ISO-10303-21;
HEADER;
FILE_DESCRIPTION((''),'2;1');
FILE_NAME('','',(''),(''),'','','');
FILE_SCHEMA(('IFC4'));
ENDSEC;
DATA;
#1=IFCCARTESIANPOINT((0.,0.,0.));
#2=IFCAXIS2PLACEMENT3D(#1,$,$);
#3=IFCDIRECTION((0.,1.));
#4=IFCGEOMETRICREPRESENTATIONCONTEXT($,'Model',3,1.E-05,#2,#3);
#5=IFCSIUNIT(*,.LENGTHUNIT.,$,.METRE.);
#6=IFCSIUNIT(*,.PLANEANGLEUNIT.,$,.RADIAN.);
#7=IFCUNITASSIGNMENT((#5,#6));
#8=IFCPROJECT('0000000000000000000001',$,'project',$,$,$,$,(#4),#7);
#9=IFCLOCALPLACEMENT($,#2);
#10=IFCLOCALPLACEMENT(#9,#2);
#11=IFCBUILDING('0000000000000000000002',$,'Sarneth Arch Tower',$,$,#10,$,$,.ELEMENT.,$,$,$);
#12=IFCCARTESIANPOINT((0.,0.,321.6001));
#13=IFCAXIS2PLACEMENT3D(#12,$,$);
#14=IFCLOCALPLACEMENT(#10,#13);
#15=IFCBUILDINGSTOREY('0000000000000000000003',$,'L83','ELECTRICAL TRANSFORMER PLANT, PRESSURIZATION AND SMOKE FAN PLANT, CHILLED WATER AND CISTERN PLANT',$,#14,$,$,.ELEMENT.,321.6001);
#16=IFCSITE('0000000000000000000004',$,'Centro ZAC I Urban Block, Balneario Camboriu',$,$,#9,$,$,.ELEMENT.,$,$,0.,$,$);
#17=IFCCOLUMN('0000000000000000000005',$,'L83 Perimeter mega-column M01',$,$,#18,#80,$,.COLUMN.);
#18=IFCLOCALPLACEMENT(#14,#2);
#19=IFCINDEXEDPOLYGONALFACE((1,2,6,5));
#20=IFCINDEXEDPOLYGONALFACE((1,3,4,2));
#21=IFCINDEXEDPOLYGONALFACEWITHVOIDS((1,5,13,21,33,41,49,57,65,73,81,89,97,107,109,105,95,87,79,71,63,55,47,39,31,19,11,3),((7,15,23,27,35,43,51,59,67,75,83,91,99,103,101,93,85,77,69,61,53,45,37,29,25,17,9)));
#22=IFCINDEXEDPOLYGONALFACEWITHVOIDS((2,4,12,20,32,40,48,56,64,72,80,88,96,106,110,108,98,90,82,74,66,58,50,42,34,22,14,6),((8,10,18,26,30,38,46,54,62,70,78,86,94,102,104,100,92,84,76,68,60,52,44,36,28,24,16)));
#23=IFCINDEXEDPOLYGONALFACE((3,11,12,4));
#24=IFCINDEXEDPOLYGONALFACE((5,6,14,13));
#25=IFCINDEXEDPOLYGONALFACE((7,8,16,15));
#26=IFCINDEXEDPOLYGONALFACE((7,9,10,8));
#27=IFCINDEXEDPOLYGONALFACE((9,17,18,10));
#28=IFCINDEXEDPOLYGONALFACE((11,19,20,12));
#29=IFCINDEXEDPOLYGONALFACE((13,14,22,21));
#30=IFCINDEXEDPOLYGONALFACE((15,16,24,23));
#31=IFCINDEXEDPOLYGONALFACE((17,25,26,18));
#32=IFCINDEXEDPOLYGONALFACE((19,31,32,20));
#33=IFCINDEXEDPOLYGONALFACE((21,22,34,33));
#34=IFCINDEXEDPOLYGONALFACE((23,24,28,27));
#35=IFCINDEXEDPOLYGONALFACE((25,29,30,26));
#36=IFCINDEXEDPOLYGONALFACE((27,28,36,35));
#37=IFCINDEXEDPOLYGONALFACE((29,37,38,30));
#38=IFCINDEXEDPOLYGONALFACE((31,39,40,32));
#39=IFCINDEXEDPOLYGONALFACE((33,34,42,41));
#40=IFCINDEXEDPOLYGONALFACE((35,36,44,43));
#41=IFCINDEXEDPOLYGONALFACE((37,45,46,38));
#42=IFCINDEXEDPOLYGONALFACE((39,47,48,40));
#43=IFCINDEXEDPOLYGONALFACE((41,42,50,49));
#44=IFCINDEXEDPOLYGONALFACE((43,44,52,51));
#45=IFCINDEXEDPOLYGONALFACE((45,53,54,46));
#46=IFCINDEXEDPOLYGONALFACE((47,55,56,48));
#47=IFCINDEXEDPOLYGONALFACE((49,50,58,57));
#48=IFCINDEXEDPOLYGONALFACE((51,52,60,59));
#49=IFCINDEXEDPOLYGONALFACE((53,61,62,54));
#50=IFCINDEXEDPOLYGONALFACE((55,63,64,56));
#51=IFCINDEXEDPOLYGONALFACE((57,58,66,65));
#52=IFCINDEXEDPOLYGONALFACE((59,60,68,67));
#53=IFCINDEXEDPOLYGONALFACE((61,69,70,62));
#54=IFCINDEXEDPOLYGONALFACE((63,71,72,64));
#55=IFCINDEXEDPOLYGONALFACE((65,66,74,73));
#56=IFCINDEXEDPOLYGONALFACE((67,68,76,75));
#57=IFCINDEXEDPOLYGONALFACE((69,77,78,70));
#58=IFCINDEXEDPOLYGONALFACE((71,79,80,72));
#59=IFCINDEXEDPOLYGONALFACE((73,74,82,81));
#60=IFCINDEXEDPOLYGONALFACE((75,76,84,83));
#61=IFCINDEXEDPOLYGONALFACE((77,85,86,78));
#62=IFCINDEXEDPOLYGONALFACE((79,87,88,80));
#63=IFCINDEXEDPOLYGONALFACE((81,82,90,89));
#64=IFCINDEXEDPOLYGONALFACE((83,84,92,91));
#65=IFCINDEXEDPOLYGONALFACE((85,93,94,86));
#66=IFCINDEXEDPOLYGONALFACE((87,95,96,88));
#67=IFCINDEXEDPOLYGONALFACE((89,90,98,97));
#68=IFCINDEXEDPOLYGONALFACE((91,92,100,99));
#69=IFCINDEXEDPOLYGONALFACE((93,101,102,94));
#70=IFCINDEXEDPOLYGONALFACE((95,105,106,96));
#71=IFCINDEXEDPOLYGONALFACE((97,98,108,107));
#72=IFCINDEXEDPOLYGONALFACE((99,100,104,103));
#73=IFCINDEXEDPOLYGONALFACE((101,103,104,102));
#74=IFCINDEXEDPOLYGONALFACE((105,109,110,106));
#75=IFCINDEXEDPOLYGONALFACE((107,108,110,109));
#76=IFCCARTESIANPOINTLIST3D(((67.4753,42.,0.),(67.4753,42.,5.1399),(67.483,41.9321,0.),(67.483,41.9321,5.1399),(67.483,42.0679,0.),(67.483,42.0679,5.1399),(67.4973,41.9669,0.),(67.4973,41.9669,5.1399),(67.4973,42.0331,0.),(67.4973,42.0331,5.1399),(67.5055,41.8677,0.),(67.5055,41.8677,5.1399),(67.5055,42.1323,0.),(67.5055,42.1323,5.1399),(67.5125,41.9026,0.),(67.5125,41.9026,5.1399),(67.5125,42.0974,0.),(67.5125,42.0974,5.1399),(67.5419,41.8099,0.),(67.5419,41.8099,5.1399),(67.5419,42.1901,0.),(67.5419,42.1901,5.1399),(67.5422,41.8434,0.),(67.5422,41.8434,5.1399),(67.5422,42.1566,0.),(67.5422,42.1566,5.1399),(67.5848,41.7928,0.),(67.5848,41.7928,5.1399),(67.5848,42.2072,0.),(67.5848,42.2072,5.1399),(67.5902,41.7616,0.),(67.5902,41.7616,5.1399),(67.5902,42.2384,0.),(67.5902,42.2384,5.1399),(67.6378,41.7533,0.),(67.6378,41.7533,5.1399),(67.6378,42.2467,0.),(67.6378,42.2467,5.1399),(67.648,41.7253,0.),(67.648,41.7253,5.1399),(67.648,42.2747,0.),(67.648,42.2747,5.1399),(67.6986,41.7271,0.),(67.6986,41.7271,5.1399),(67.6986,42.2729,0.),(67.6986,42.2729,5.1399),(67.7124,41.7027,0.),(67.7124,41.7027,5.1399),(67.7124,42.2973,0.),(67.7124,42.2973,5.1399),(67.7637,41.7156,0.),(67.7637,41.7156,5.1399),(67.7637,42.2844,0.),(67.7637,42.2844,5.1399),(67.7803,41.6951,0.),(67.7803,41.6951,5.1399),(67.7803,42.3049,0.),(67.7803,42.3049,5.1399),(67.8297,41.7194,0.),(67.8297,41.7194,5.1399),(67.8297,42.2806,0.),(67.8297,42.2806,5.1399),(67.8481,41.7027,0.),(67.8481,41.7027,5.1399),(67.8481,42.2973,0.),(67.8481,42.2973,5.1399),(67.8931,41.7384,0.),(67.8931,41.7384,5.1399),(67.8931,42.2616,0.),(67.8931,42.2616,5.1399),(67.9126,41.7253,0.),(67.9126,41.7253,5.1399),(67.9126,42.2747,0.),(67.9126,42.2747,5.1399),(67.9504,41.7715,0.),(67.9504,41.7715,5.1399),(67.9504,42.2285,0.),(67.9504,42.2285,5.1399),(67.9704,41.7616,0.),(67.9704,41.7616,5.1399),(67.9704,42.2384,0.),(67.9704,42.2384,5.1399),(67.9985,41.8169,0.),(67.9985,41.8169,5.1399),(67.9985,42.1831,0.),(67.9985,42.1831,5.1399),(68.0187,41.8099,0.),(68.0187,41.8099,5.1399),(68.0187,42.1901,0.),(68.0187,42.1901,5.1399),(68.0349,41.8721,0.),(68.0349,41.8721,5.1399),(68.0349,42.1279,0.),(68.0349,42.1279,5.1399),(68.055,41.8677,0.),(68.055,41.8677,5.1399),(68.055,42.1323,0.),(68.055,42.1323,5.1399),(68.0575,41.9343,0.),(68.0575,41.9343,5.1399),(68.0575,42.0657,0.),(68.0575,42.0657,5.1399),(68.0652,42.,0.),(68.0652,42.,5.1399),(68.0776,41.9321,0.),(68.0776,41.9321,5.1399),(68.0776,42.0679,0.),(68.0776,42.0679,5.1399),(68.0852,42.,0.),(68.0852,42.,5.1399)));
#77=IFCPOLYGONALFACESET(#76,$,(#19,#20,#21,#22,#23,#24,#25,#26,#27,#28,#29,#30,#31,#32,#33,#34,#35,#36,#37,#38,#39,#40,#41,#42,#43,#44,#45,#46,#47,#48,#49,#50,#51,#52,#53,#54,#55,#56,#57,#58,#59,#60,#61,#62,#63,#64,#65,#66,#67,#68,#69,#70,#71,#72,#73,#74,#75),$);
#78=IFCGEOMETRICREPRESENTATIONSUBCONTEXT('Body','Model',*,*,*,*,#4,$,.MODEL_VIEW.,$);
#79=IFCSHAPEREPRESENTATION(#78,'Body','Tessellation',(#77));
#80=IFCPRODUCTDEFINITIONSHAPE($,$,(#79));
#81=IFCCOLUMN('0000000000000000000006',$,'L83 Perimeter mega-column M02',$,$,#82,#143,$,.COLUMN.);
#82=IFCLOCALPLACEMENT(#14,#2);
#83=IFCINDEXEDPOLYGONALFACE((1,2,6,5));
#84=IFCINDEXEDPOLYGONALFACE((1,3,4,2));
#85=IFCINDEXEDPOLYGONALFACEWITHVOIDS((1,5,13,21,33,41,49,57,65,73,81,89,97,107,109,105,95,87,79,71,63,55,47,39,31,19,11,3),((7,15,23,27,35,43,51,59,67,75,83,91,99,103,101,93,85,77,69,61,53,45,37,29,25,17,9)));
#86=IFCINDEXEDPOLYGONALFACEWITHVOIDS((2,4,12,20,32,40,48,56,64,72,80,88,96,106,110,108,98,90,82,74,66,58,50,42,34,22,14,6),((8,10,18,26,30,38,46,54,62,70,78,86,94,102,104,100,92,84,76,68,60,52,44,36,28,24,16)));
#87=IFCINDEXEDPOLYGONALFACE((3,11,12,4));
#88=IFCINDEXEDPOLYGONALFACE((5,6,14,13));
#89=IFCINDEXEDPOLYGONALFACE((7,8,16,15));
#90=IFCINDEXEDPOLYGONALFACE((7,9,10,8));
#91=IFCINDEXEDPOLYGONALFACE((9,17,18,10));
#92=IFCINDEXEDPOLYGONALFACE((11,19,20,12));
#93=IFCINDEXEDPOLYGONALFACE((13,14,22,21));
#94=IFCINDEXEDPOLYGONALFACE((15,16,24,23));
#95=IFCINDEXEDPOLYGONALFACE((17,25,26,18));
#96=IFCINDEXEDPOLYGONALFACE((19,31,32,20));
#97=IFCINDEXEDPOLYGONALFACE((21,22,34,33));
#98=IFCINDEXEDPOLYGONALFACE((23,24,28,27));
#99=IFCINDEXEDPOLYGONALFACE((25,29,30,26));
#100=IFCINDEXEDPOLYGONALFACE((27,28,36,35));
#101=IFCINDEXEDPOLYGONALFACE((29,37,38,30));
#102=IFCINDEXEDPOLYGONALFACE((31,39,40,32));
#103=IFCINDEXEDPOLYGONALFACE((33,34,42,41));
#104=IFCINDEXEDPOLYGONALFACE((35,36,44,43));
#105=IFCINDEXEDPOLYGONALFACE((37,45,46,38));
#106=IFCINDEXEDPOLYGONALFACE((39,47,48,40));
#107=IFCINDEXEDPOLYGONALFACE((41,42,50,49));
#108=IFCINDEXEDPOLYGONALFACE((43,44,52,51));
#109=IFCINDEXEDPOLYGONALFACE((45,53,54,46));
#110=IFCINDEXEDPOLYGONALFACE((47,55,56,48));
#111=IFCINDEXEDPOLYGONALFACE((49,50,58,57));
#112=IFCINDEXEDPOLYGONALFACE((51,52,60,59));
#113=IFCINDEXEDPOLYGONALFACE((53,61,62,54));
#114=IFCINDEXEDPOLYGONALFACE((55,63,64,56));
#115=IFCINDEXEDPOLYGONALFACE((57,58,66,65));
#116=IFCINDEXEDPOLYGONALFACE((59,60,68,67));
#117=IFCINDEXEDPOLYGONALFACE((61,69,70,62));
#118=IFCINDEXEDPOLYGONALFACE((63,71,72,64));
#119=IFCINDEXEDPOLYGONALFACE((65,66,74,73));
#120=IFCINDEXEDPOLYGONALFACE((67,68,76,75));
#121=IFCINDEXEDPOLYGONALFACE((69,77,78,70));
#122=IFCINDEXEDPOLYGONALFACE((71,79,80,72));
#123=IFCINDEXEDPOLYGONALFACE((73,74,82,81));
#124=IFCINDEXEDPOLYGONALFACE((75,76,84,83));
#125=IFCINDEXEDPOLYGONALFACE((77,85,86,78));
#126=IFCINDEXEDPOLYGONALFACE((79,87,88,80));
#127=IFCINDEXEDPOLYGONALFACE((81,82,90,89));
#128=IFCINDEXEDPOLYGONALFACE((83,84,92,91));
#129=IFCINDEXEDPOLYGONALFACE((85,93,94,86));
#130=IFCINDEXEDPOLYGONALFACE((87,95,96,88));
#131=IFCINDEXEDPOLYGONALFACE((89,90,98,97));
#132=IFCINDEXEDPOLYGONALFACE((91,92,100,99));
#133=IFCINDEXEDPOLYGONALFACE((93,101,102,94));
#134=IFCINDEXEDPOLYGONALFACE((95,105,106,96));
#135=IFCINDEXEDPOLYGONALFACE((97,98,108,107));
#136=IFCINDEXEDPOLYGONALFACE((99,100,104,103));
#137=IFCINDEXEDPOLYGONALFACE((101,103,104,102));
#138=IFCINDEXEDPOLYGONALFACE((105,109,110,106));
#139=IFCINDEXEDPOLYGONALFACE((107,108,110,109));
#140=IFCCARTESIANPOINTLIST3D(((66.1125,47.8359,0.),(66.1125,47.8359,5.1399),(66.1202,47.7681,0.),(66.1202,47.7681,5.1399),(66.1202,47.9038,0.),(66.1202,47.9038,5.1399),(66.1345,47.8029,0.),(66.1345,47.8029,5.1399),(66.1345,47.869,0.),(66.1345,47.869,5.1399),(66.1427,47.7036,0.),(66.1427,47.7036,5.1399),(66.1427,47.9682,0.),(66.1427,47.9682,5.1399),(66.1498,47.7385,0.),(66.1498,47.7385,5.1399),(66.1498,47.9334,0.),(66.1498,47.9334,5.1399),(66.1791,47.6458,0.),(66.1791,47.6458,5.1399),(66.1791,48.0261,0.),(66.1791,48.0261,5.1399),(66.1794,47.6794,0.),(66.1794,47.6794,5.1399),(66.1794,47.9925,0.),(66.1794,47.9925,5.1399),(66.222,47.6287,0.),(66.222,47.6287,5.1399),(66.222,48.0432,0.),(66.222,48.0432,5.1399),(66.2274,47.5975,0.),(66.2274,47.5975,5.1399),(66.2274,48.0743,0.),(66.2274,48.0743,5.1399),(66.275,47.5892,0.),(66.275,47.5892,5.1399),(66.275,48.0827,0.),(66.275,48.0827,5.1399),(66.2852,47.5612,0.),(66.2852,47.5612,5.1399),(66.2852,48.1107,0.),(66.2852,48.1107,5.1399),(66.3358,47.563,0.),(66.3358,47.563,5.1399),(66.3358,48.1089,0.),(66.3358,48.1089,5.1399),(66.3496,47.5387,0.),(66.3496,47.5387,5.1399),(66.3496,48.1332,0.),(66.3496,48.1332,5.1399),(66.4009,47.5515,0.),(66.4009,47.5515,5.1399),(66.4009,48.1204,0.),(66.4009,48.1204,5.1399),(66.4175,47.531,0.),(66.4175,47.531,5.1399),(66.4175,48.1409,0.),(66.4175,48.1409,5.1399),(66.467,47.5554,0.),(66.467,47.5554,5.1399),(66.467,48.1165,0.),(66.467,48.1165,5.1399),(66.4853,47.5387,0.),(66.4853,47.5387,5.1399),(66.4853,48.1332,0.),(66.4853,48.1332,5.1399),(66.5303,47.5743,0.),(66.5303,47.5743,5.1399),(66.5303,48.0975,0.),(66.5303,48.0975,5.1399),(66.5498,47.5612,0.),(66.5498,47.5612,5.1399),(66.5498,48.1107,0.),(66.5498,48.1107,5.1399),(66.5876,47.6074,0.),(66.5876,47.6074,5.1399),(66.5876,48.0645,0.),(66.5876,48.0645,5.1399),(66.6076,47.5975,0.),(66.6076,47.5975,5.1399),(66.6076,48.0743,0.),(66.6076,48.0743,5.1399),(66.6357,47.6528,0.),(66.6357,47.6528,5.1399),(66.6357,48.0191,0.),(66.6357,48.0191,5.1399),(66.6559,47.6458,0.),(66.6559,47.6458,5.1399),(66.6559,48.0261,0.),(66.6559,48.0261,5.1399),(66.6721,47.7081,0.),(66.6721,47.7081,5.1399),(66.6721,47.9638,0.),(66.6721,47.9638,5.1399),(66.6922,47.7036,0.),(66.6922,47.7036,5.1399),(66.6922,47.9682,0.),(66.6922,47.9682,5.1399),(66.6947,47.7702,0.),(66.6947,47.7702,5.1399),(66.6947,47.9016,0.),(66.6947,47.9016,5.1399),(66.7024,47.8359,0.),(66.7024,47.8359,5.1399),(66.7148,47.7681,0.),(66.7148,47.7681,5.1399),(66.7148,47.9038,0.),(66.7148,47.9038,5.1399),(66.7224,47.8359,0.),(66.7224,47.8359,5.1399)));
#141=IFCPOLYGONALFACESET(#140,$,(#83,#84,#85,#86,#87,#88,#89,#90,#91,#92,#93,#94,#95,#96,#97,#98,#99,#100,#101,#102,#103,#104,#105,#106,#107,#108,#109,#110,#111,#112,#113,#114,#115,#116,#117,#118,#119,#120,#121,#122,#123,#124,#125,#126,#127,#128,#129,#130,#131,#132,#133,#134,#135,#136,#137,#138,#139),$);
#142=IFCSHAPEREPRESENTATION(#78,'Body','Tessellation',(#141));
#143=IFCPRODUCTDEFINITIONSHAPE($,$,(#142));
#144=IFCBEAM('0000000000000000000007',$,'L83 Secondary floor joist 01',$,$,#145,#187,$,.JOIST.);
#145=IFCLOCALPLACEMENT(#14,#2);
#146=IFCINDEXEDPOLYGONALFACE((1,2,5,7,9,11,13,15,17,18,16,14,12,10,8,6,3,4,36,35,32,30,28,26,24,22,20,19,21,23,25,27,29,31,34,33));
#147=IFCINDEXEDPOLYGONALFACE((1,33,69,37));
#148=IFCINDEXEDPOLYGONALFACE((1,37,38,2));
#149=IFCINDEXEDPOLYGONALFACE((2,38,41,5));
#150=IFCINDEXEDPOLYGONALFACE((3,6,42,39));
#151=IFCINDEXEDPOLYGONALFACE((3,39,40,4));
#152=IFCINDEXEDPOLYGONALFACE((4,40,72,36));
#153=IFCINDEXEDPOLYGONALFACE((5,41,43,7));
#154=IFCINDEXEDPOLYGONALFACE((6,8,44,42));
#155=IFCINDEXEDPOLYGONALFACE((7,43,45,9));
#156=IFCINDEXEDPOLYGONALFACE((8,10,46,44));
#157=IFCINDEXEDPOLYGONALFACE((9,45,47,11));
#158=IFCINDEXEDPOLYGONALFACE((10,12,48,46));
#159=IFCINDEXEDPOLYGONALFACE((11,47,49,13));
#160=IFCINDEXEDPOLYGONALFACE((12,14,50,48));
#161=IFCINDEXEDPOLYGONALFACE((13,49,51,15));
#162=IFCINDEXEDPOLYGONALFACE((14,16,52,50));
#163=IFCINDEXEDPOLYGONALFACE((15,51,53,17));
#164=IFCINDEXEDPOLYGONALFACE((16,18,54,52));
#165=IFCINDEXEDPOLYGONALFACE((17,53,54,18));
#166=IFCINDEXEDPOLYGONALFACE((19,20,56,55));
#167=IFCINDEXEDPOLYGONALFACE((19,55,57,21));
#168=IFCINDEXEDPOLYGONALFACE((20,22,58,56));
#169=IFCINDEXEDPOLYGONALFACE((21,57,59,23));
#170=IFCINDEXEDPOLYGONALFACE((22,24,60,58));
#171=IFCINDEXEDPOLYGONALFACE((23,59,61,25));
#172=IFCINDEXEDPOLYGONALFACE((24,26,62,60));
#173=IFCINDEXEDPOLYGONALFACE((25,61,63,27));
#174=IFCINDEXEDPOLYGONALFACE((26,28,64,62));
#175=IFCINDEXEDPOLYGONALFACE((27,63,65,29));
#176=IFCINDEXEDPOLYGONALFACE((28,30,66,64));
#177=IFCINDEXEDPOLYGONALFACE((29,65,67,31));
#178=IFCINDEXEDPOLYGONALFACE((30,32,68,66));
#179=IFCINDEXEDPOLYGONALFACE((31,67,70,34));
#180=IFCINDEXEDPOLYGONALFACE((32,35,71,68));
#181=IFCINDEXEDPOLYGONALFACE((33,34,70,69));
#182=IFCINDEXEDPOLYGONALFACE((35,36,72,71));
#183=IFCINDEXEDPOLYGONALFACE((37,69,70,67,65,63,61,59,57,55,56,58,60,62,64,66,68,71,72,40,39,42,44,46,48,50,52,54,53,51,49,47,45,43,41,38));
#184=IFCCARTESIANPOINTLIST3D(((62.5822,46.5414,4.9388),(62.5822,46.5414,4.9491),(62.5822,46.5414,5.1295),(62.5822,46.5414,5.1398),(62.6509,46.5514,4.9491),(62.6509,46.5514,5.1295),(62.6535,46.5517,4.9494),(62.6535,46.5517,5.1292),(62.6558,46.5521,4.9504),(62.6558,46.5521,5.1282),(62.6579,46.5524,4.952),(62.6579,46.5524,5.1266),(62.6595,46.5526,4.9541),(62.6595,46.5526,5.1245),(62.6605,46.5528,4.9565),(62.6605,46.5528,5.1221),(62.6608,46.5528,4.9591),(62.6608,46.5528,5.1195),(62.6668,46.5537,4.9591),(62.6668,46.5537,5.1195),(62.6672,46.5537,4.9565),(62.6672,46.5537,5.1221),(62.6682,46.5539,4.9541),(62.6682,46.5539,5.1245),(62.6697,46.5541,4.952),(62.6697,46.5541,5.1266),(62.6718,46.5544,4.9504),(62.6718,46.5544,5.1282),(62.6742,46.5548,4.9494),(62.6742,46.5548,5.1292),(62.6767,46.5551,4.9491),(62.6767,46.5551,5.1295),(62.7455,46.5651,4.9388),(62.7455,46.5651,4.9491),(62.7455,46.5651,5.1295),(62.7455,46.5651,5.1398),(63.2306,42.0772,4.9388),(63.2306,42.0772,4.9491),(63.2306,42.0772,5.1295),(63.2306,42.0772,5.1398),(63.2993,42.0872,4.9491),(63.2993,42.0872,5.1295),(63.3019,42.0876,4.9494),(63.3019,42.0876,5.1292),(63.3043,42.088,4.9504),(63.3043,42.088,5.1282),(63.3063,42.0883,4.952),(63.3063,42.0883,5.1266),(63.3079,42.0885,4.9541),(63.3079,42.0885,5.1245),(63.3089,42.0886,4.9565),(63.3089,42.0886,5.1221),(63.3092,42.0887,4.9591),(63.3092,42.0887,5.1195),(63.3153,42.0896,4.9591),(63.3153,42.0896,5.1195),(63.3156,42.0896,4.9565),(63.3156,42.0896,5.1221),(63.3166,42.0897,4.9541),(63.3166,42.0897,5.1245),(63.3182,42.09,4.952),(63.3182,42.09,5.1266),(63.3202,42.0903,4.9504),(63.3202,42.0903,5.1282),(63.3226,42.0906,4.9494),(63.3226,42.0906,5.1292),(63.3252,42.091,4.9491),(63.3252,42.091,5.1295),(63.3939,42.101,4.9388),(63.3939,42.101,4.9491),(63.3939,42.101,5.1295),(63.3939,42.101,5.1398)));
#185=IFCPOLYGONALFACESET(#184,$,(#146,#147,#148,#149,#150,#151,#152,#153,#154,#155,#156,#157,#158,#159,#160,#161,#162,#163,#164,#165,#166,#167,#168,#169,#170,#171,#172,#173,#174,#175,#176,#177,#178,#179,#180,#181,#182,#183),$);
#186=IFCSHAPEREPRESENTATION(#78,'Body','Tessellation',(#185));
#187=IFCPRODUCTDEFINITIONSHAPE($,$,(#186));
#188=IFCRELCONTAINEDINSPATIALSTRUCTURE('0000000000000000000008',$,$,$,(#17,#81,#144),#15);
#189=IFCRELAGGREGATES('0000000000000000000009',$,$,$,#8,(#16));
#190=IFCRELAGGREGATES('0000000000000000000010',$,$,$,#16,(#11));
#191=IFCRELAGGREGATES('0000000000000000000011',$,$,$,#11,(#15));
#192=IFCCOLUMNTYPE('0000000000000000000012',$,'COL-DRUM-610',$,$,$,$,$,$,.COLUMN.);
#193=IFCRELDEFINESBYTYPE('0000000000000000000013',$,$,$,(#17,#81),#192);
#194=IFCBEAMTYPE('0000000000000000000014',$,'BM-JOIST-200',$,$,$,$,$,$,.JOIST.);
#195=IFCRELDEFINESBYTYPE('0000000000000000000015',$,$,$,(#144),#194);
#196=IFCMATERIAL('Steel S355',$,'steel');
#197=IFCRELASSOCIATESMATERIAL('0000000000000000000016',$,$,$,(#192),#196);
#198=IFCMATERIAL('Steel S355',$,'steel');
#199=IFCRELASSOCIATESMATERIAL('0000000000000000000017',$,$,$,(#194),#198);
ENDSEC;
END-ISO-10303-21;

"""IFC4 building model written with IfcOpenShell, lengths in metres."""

from ifc_helpers import new_model, si_unit, direction, frame, origin, origin_2d, place, context, subcontext, project, spatial, hollow_circle, i_section, extrude, material, material_profile, profile_set, type_object, element, save


model = new_model("IFC4")

# Units and contexts
model_context = context("Model", 3, precision=1e-05, world=origin(), true_north=direction((0.0, 1.0)))
body_context = subcontext(model_context, "Body", "Model", "MODEL_VIEW")
ifc_project = project(units=[si_unit("LENGTHUNIT", "METRE"), si_unit("PLANEANGLEUNIT", "RADIAN")], contexts=[model_context])

# Site, building, storey
site_placement = place(None, origin())
site = spatial("IfcSite", under=ifc_project, at=site_placement, Name="Centro ZAC I Urban Block, Balneario Camboriu", CompositionType="ELEMENT", RefElevation=0.0)
building_placement = place(site_placement, origin())
building = spatial("IfcBuilding", under=site, at=building_placement, Name="Sarneth Arch Tower", CompositionType="ELEMENT")
storey_placement = place(building_placement, frame((0.0, 0.0, 321.6001)))
storey = spatial("IfcBuildingStorey", under=building, at=storey_placement, Name="L83", Description="ELECTRICAL TRANSFORMER PLANT, PRESSURIZATION AND SMOKE FAN PLANT, CHILLED WATER AND CISTERN PLANT", CompositionType="ELEMENT", Elevation=321.6001)

# Columns
ifc_material_1 = material(Name="Steel S355", Category="steel")
ifc_material_profile_1 = material_profile(ifc_material_1, hollow_circle(Radius=0.3049, WallThickness=0.02, at=origin_2d()), Name="CHS610x20")
ifc_profile_set_1 = profile_set([ifc_material_profile_1], Name="Steel S355")
column_type = type_object("IfcColumnType", Name="COL-DRUM-610", PredefinedType="COLUMN", material=ifc_profile_set_1)
for number, where, z_axis, x_axis, name in (
    (1, (67.7803, 42.0, 0.0), (0.0, 0.0, 1.0), (1.0, 0.0, 0.0), "L83 Perimeter mega-column M01"),
    (2, (66.4175, 47.8359, 0.0), (0.0, 0.0, 1.0), (1.0, 0.0, 0.0), "L83 Perimeter mega-column M02"),
):
    element("IfcColumn", number, at=place(storey_placement, frame(where, z_axis=z_axis, x_axis=x_axis)), inside=storey, type_object=column_type, Name=name, PredefinedType="COLUMN", context=body_context, shape_type="SweptSolid", body=[
        extrude(hollow_circle(Radius=0.3049, WallThickness=0.02, at=origin_2d()), origin(), (0.0, 0.0, 1.0), 5.1399),
    ])

# Beam
ifc_material_2 = material(Name="Steel S355", Category="steel")
ifc_material_profile_2 = material_profile(ifc_material_2, i_section(OverallWidth=0.165, OverallDepth=0.2009, WebThickness=0.0061, FlangeThickness=0.0103, FilletRadius=0.01, at=origin_2d()), Name="W200x35.9")
ifc_profile_set_2 = profile_set([ifc_material_profile_2], Name="Steel S355")
beam_type_1 = type_object("IfcBeamType", Name="BM-JOIST-200", PredefinedType="JOIST", material=ifc_profile_set_2)
beam_1_placement = place(storey_placement, frame((63.3123, 42.0891, 5.0393), z_axis=(-0.143747, 0.989614, 0.0), x_axis=(-0.989614, -0.143747, 0.0)))
element("IfcBeam", 3, at=beam_1_placement, inside=storey, type_object=beam_type_1, Name="L83 Secondary floor joist 01", PredefinedType="JOIST", context=body_context, shape_type="SweptSolid", body=[
    extrude(i_section(OverallWidth=0.165, OverallDepth=0.2009, WebThickness=0.0061, FlangeThickness=0.0103, FilletRadius=0.01, at=origin_2d()), origin(), (0.0, 0.0, 1.0), 4.511),
])

save(model, "model.ifc")
